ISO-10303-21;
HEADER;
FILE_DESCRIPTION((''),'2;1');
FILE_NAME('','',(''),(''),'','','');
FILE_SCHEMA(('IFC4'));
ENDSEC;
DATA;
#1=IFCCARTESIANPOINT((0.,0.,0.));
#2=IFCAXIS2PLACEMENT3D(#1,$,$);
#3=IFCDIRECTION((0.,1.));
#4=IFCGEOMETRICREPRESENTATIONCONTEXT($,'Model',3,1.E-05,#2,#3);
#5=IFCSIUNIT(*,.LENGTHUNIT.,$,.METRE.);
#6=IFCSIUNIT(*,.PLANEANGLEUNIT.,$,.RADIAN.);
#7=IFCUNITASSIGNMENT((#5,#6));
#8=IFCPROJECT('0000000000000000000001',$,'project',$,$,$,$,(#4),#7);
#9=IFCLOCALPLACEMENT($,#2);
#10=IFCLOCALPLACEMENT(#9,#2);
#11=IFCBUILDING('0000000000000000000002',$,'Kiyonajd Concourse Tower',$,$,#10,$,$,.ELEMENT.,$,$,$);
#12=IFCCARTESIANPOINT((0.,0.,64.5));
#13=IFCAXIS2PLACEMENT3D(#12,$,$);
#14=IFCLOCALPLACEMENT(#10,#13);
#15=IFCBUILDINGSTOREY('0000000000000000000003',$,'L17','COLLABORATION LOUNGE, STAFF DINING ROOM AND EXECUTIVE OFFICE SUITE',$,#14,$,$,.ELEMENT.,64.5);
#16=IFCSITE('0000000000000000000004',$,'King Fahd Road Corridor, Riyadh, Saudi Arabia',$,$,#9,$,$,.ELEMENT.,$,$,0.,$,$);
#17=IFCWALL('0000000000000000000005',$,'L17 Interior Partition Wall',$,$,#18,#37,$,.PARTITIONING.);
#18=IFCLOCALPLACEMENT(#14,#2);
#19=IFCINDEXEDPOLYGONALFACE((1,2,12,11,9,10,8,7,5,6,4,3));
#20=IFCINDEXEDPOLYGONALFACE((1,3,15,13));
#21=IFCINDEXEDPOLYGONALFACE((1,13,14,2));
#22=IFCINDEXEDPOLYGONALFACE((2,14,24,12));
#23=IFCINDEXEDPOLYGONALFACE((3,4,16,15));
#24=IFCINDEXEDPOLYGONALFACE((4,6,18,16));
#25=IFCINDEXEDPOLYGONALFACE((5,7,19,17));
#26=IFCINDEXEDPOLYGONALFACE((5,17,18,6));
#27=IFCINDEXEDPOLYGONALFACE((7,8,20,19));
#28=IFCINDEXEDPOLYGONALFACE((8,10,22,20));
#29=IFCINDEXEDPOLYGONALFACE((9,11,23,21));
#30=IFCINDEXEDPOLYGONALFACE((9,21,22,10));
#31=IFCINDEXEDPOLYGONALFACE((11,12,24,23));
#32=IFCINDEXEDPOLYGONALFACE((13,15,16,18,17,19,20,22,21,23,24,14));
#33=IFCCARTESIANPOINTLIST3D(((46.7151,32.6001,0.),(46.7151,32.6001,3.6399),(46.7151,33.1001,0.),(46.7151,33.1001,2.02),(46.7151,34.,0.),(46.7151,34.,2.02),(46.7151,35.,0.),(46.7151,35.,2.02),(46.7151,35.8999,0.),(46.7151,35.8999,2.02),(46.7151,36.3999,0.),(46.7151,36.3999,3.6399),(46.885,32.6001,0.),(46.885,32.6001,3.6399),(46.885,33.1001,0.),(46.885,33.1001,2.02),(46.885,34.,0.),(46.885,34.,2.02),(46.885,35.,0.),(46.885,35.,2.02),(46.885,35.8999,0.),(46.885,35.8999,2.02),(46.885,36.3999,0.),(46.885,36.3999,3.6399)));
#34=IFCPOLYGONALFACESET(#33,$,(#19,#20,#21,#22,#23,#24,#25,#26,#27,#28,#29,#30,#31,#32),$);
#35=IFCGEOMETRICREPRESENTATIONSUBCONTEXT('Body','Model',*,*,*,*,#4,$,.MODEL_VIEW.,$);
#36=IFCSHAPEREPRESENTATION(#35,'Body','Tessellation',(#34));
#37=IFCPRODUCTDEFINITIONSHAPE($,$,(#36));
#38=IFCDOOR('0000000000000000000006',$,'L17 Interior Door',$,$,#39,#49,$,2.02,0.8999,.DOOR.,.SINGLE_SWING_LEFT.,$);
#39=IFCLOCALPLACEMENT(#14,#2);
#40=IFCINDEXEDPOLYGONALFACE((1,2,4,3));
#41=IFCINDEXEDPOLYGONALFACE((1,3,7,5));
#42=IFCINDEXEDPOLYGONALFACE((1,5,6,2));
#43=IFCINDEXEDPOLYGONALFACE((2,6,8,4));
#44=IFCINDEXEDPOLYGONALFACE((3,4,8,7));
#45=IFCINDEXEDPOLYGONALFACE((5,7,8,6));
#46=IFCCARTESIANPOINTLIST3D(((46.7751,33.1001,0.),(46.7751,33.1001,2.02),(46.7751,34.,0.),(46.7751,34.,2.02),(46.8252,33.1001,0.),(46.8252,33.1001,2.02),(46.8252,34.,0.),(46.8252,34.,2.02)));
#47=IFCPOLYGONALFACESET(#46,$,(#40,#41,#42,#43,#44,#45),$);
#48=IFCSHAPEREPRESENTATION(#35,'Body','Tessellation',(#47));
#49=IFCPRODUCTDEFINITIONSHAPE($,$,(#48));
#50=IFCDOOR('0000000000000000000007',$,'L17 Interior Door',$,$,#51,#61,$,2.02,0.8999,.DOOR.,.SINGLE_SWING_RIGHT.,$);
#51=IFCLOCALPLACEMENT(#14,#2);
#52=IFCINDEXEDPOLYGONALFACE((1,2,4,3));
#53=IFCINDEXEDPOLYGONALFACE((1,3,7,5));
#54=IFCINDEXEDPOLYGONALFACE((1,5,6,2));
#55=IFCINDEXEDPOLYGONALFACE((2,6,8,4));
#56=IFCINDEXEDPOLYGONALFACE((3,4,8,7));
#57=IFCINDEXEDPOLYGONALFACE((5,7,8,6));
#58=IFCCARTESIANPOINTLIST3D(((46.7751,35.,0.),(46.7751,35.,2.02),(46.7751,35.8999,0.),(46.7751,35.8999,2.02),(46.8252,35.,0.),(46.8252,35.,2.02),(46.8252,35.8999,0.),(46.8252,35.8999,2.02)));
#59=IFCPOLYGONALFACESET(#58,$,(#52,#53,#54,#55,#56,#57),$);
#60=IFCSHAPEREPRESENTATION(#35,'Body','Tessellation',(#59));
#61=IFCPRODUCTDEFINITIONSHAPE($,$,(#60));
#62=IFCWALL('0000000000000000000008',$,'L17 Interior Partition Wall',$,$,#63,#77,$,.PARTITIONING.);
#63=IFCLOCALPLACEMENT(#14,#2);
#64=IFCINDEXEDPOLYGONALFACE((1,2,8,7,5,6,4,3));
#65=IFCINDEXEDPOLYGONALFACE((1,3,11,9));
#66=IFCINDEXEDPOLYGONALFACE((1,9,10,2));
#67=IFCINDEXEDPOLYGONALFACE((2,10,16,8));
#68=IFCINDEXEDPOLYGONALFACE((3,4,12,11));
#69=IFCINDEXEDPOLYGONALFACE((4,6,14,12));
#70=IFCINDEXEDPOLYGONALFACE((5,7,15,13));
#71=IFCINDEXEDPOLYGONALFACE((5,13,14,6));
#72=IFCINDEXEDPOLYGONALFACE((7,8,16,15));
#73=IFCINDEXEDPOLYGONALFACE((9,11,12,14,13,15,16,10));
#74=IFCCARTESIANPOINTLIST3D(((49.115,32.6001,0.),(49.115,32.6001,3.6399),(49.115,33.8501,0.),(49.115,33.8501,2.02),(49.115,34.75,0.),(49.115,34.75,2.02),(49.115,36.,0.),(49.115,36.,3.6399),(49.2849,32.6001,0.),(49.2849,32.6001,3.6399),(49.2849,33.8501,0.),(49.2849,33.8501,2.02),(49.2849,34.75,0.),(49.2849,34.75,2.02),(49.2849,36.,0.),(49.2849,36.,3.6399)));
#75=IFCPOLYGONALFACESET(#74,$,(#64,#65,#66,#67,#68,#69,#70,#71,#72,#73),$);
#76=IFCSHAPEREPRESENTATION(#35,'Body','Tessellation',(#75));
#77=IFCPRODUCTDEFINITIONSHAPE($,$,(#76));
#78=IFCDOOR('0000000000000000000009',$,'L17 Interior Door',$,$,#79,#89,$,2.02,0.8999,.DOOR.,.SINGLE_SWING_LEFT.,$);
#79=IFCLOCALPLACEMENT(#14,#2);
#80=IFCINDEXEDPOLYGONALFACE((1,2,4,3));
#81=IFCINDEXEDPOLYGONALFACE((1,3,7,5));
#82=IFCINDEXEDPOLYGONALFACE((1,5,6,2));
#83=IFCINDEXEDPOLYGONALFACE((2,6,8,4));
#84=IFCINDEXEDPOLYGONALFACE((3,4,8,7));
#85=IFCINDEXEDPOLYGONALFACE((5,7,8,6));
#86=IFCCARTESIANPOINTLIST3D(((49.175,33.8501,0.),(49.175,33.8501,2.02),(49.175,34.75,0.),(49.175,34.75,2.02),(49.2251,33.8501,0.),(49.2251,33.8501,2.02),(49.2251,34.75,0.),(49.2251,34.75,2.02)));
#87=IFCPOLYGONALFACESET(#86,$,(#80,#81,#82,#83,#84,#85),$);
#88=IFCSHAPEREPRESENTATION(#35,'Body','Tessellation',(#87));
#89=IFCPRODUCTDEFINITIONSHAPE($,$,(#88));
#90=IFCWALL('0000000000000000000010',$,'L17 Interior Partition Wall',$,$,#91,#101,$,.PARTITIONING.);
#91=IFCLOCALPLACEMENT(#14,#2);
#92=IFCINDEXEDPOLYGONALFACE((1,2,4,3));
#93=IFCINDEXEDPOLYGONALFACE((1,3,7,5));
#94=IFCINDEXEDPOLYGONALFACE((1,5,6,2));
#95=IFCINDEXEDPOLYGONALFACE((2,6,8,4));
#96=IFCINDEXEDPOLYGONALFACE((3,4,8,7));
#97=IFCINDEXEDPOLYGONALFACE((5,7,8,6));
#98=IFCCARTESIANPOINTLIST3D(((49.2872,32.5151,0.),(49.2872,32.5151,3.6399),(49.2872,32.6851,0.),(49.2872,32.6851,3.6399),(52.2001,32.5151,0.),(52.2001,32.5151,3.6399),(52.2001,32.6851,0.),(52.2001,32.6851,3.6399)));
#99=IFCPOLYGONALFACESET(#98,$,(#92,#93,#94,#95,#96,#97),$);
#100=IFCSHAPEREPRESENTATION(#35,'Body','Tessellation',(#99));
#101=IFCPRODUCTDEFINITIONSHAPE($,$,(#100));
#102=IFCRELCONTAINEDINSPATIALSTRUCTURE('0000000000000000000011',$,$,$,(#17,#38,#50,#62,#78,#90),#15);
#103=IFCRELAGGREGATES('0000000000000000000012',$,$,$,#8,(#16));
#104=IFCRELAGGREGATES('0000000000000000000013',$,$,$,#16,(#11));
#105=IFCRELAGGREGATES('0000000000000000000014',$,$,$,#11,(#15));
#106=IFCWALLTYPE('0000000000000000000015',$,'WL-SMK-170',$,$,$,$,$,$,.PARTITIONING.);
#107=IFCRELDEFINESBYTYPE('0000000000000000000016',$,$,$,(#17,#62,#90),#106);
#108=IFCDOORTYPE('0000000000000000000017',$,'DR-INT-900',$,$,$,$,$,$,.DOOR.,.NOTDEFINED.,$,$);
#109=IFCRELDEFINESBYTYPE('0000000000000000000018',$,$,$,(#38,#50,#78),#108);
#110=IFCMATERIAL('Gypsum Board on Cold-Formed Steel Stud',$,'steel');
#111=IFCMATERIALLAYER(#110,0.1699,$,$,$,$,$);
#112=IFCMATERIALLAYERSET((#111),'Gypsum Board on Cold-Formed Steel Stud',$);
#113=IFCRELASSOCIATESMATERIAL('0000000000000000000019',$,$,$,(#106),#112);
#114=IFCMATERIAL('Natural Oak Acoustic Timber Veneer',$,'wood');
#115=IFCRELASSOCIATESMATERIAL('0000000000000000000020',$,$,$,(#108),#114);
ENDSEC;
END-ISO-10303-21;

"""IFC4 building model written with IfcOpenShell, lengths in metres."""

from ifc_helpers import new_model, si_unit, direction, frame, frame_2d, origin, place, context, subcontext, project, spatial, rectangle, extrude, material, layer, layer_set, type_object, element, fill, save


model = new_model("IFC4")

# Units and contexts
model_context = context("Model", 3, precision=1e-05, world=origin(), true_north=direction((0.0, 1.0)))
body_context = subcontext(model_context, "Body", "Model", "MODEL_VIEW")
ifc_project = project(units=[si_unit("LENGTHUNIT", "METRE"), si_unit("PLANEANGLEUNIT", "RADIAN")], contexts=[model_context])

# Site, building, storey
site_placement = place(None, origin())
site = spatial("IfcSite", under=ifc_project, at=site_placement, Name="King Fahd Road Corridor, Riyadh, Saudi Arabia", CompositionType="ELEMENT", RefElevation=0.0)
building_placement = place(site_placement, origin())
building = spatial("IfcBuilding", under=site, at=building_placement, Name="Kiyonajd Concourse Tower", CompositionType="ELEMENT")
storey_placement = place(building_placement, frame((0.0, 0.0, 64.5)))
storey = spatial("IfcBuildingStorey", under=building, at=storey_placement, Name="L17", Description="COLLABORATION LOUNGE, STAFF DINING ROOM AND EXECUTIVE OFFICE SUITE", CompositionType="ELEMENT", Elevation=64.5)

# Shared definitions
ifc_material_1 = material(Name="Gypsum Board on Cold-Formed Steel Stud", Category="steel")

# Wall, openings, doors
ifc_layer_1 = layer(ifc_material_1, 0.1699)
ifc_layer_set_1 = layer_set([ifc_layer_1], Name="Gypsum Board on Cold-Formed Steel Stud")
wall_type_1 = type_object("IfcWallType", Name="WL-SMK-170", PredefinedType="PARTITIONING", material=ifc_layer_set_1)
wall_1_placement = place(storey_placement, frame((46.8, 32.6001, 0.0), z_axis=(0.0, 0.0, 1.0), x_axis=(0.0, 1.0, 0.0)))
wall_1 = element("IfcWall", 1, at=wall_1_placement, inside=storey, type_object=wall_type_1, Name="L17 Interior Partition Wall", PredefinedType="PARTITIONING", context=body_context, shape_type="SweptSolid", body=[
    extrude(rectangle(XDim=3.7998, YDim=0.1699, at=frame_2d((1.8999, 0.0))), origin(), (0.0, 0.0, 1.0), 3.6399),
])
opening_1_placement = place(wall_1_placement, frame((0.5, 0.0, 0.0)))
opening_1 = element("IfcOpeningElement", 2, at=opening_1_placement, cuts=wall_1, PredefinedType="OPENING", context=body_context, shape_type="SweptSolid", body=[
    extrude(rectangle(XDim=0.8999, YDim=2.02, at=frame_2d((0.45, 1.01))), frame((0.0, 0.095, 0.0), z_axis=(0.0, -1.0, 0.0), x_axis=(1.0, 0.0, 0.0)), (0.0, 0.0, 1.0), 0.1899),
])
opening_2_placement = place(wall_1_placement, frame((2.3999, 0.0, 0.0)))
opening_2 = element("IfcOpeningElement", 3, at=opening_2_placement, cuts=wall_1, PredefinedType="OPENING", context=body_context, shape_type="SweptSolid", body=[
    extrude(rectangle(XDim=0.8999, YDim=2.02, at=frame_2d((0.45, 1.01))), frame((0.0, 0.095, 0.0), z_axis=(0.0, -1.0, 0.0), x_axis=(1.0, 0.0, 0.0)), (0.0, 0.0, 1.0), 0.1899),
])
ifc_material_2 = material(Name="Natural Oak Acoustic Timber Veneer", Category="wood")
door_type_1 = type_object("IfcDoorType", Name="DR-INT-900", OperationType="NOTDEFINED", PredefinedType="DOOR", material=ifc_material_2)
door_1_placement = place(opening_1_placement, origin())
door_1 = element("IfcDoor", 4, at=door_1_placement, inside=storey, type_object=door_type_1, Name="L17 Interior Door", OperationType="SINGLE_SWING_LEFT", OverallHeight=2.02, OverallWidth=0.8999, PredefinedType="DOOR", context=body_context, shape_type="SweptSolid", body=[
    extrude(rectangle(XDim=0.8999, YDim=2.02, at=frame_2d((0.45, 1.01))), frame((0.0, 0.0249, 0.0), z_axis=(0.0, -1.0, 0.0), x_axis=(1.0, 0.0, 0.0)), (0.0, 0.0, 1.0), 0.05),
])
fill(opening_1, door_1)
door_2_placement = place(opening_2_placement, origin())
door_2 = element("IfcDoor", 5, at=door_2_placement, inside=storey, type_object=door_type_1, Name="L17 Interior Door", OperationType="SINGLE_SWING_RIGHT", OverallHeight=2.02, OverallWidth=0.8999, PredefinedType="DOOR", context=body_context, shape_type="SweptSolid", body=[
    extrude(rectangle(XDim=0.8999, YDim=2.02, at=frame_2d((0.45, 1.01))), frame((0.0, 0.0249, 0.0), z_axis=(0.0, -1.0, 0.0), x_axis=(1.0, 0.0, 0.0)), (0.0, 0.0, 1.0), 0.05),
])
fill(opening_2, door_2)

# Wall, opening, door
wall_2_placement = place(storey_placement, frame((49.2, 32.6001, 0.0), z_axis=(0.0, 0.0, 1.0), x_axis=(0.0, 1.0, 0.0)))
wall_2 = element("IfcWall", 6, at=wall_2_placement, inside=storey, type_object=wall_type_1, Name="L17 Interior Partition Wall", PredefinedType="PARTITIONING", context=body_context, shape_type="SweptSolid", body=[
    extrude(rectangle(XDim=3.3999, YDim=0.1699, at=frame_2d((1.7, 0.0))), origin(), (0.0, 0.0, 1.0), 3.6399),
])
opening_3_placement = place(wall_2_placement, frame((1.25, 0.0, 0.0)))
opening_3 = element("IfcOpeningElement", 7, at=opening_3_placement, cuts=wall_2, PredefinedType="OPENING", context=body_context, shape_type="SweptSolid", body=[
    extrude(rectangle(XDim=0.8999, YDim=2.02, at=frame_2d((0.45, 1.01))), frame((0.0, 0.095, 0.0), z_axis=(0.0, -1.0, 0.0), x_axis=(1.0, 0.0, 0.0)), (0.0, 0.0, 1.0), 0.1899),
])
door_3_placement = place(opening_3_placement, origin())
door_3 = element("IfcDoor", 8, at=door_3_placement, inside=storey, type_object=door_type_1, Name="L17 Interior Door", OperationType="SINGLE_SWING_LEFT", OverallHeight=2.02, OverallWidth=0.8999, PredefinedType="DOOR", context=body_context, shape_type="SweptSolid", body=[
    extrude(rectangle(XDim=0.8999, YDim=2.02, at=frame_2d((0.45, 1.01))), frame((0.0, 0.0249, 0.0), z_axis=(0.0, -1.0, 0.0), x_axis=(1.0, 0.0, 0.0)), (0.0, 0.0, 1.0), 0.05),
])
fill(opening_3, door_3)

# Wall
wall_3_placement = place(storey_placement, frame((49.2871, 32.6001, 0.0), z_axis=(0.0, 0.0, 1.0), x_axis=(1.0, 0.0, 0.0)))
element("IfcWall", 9, at=wall_3_placement, inside=storey, type_object=wall_type_1, Name="L17 Interior Partition Wall", PredefinedType="PARTITIONING", context=body_context, shape_type="SweptSolid", body=[
    extrude(rectangle(XDim=2.9128, YDim=0.1699, at=frame_2d((1.4565, 0.0))), origin(), (0.0, 0.0, 1.0), 3.6399),
])

save(model, "model.ifc")
